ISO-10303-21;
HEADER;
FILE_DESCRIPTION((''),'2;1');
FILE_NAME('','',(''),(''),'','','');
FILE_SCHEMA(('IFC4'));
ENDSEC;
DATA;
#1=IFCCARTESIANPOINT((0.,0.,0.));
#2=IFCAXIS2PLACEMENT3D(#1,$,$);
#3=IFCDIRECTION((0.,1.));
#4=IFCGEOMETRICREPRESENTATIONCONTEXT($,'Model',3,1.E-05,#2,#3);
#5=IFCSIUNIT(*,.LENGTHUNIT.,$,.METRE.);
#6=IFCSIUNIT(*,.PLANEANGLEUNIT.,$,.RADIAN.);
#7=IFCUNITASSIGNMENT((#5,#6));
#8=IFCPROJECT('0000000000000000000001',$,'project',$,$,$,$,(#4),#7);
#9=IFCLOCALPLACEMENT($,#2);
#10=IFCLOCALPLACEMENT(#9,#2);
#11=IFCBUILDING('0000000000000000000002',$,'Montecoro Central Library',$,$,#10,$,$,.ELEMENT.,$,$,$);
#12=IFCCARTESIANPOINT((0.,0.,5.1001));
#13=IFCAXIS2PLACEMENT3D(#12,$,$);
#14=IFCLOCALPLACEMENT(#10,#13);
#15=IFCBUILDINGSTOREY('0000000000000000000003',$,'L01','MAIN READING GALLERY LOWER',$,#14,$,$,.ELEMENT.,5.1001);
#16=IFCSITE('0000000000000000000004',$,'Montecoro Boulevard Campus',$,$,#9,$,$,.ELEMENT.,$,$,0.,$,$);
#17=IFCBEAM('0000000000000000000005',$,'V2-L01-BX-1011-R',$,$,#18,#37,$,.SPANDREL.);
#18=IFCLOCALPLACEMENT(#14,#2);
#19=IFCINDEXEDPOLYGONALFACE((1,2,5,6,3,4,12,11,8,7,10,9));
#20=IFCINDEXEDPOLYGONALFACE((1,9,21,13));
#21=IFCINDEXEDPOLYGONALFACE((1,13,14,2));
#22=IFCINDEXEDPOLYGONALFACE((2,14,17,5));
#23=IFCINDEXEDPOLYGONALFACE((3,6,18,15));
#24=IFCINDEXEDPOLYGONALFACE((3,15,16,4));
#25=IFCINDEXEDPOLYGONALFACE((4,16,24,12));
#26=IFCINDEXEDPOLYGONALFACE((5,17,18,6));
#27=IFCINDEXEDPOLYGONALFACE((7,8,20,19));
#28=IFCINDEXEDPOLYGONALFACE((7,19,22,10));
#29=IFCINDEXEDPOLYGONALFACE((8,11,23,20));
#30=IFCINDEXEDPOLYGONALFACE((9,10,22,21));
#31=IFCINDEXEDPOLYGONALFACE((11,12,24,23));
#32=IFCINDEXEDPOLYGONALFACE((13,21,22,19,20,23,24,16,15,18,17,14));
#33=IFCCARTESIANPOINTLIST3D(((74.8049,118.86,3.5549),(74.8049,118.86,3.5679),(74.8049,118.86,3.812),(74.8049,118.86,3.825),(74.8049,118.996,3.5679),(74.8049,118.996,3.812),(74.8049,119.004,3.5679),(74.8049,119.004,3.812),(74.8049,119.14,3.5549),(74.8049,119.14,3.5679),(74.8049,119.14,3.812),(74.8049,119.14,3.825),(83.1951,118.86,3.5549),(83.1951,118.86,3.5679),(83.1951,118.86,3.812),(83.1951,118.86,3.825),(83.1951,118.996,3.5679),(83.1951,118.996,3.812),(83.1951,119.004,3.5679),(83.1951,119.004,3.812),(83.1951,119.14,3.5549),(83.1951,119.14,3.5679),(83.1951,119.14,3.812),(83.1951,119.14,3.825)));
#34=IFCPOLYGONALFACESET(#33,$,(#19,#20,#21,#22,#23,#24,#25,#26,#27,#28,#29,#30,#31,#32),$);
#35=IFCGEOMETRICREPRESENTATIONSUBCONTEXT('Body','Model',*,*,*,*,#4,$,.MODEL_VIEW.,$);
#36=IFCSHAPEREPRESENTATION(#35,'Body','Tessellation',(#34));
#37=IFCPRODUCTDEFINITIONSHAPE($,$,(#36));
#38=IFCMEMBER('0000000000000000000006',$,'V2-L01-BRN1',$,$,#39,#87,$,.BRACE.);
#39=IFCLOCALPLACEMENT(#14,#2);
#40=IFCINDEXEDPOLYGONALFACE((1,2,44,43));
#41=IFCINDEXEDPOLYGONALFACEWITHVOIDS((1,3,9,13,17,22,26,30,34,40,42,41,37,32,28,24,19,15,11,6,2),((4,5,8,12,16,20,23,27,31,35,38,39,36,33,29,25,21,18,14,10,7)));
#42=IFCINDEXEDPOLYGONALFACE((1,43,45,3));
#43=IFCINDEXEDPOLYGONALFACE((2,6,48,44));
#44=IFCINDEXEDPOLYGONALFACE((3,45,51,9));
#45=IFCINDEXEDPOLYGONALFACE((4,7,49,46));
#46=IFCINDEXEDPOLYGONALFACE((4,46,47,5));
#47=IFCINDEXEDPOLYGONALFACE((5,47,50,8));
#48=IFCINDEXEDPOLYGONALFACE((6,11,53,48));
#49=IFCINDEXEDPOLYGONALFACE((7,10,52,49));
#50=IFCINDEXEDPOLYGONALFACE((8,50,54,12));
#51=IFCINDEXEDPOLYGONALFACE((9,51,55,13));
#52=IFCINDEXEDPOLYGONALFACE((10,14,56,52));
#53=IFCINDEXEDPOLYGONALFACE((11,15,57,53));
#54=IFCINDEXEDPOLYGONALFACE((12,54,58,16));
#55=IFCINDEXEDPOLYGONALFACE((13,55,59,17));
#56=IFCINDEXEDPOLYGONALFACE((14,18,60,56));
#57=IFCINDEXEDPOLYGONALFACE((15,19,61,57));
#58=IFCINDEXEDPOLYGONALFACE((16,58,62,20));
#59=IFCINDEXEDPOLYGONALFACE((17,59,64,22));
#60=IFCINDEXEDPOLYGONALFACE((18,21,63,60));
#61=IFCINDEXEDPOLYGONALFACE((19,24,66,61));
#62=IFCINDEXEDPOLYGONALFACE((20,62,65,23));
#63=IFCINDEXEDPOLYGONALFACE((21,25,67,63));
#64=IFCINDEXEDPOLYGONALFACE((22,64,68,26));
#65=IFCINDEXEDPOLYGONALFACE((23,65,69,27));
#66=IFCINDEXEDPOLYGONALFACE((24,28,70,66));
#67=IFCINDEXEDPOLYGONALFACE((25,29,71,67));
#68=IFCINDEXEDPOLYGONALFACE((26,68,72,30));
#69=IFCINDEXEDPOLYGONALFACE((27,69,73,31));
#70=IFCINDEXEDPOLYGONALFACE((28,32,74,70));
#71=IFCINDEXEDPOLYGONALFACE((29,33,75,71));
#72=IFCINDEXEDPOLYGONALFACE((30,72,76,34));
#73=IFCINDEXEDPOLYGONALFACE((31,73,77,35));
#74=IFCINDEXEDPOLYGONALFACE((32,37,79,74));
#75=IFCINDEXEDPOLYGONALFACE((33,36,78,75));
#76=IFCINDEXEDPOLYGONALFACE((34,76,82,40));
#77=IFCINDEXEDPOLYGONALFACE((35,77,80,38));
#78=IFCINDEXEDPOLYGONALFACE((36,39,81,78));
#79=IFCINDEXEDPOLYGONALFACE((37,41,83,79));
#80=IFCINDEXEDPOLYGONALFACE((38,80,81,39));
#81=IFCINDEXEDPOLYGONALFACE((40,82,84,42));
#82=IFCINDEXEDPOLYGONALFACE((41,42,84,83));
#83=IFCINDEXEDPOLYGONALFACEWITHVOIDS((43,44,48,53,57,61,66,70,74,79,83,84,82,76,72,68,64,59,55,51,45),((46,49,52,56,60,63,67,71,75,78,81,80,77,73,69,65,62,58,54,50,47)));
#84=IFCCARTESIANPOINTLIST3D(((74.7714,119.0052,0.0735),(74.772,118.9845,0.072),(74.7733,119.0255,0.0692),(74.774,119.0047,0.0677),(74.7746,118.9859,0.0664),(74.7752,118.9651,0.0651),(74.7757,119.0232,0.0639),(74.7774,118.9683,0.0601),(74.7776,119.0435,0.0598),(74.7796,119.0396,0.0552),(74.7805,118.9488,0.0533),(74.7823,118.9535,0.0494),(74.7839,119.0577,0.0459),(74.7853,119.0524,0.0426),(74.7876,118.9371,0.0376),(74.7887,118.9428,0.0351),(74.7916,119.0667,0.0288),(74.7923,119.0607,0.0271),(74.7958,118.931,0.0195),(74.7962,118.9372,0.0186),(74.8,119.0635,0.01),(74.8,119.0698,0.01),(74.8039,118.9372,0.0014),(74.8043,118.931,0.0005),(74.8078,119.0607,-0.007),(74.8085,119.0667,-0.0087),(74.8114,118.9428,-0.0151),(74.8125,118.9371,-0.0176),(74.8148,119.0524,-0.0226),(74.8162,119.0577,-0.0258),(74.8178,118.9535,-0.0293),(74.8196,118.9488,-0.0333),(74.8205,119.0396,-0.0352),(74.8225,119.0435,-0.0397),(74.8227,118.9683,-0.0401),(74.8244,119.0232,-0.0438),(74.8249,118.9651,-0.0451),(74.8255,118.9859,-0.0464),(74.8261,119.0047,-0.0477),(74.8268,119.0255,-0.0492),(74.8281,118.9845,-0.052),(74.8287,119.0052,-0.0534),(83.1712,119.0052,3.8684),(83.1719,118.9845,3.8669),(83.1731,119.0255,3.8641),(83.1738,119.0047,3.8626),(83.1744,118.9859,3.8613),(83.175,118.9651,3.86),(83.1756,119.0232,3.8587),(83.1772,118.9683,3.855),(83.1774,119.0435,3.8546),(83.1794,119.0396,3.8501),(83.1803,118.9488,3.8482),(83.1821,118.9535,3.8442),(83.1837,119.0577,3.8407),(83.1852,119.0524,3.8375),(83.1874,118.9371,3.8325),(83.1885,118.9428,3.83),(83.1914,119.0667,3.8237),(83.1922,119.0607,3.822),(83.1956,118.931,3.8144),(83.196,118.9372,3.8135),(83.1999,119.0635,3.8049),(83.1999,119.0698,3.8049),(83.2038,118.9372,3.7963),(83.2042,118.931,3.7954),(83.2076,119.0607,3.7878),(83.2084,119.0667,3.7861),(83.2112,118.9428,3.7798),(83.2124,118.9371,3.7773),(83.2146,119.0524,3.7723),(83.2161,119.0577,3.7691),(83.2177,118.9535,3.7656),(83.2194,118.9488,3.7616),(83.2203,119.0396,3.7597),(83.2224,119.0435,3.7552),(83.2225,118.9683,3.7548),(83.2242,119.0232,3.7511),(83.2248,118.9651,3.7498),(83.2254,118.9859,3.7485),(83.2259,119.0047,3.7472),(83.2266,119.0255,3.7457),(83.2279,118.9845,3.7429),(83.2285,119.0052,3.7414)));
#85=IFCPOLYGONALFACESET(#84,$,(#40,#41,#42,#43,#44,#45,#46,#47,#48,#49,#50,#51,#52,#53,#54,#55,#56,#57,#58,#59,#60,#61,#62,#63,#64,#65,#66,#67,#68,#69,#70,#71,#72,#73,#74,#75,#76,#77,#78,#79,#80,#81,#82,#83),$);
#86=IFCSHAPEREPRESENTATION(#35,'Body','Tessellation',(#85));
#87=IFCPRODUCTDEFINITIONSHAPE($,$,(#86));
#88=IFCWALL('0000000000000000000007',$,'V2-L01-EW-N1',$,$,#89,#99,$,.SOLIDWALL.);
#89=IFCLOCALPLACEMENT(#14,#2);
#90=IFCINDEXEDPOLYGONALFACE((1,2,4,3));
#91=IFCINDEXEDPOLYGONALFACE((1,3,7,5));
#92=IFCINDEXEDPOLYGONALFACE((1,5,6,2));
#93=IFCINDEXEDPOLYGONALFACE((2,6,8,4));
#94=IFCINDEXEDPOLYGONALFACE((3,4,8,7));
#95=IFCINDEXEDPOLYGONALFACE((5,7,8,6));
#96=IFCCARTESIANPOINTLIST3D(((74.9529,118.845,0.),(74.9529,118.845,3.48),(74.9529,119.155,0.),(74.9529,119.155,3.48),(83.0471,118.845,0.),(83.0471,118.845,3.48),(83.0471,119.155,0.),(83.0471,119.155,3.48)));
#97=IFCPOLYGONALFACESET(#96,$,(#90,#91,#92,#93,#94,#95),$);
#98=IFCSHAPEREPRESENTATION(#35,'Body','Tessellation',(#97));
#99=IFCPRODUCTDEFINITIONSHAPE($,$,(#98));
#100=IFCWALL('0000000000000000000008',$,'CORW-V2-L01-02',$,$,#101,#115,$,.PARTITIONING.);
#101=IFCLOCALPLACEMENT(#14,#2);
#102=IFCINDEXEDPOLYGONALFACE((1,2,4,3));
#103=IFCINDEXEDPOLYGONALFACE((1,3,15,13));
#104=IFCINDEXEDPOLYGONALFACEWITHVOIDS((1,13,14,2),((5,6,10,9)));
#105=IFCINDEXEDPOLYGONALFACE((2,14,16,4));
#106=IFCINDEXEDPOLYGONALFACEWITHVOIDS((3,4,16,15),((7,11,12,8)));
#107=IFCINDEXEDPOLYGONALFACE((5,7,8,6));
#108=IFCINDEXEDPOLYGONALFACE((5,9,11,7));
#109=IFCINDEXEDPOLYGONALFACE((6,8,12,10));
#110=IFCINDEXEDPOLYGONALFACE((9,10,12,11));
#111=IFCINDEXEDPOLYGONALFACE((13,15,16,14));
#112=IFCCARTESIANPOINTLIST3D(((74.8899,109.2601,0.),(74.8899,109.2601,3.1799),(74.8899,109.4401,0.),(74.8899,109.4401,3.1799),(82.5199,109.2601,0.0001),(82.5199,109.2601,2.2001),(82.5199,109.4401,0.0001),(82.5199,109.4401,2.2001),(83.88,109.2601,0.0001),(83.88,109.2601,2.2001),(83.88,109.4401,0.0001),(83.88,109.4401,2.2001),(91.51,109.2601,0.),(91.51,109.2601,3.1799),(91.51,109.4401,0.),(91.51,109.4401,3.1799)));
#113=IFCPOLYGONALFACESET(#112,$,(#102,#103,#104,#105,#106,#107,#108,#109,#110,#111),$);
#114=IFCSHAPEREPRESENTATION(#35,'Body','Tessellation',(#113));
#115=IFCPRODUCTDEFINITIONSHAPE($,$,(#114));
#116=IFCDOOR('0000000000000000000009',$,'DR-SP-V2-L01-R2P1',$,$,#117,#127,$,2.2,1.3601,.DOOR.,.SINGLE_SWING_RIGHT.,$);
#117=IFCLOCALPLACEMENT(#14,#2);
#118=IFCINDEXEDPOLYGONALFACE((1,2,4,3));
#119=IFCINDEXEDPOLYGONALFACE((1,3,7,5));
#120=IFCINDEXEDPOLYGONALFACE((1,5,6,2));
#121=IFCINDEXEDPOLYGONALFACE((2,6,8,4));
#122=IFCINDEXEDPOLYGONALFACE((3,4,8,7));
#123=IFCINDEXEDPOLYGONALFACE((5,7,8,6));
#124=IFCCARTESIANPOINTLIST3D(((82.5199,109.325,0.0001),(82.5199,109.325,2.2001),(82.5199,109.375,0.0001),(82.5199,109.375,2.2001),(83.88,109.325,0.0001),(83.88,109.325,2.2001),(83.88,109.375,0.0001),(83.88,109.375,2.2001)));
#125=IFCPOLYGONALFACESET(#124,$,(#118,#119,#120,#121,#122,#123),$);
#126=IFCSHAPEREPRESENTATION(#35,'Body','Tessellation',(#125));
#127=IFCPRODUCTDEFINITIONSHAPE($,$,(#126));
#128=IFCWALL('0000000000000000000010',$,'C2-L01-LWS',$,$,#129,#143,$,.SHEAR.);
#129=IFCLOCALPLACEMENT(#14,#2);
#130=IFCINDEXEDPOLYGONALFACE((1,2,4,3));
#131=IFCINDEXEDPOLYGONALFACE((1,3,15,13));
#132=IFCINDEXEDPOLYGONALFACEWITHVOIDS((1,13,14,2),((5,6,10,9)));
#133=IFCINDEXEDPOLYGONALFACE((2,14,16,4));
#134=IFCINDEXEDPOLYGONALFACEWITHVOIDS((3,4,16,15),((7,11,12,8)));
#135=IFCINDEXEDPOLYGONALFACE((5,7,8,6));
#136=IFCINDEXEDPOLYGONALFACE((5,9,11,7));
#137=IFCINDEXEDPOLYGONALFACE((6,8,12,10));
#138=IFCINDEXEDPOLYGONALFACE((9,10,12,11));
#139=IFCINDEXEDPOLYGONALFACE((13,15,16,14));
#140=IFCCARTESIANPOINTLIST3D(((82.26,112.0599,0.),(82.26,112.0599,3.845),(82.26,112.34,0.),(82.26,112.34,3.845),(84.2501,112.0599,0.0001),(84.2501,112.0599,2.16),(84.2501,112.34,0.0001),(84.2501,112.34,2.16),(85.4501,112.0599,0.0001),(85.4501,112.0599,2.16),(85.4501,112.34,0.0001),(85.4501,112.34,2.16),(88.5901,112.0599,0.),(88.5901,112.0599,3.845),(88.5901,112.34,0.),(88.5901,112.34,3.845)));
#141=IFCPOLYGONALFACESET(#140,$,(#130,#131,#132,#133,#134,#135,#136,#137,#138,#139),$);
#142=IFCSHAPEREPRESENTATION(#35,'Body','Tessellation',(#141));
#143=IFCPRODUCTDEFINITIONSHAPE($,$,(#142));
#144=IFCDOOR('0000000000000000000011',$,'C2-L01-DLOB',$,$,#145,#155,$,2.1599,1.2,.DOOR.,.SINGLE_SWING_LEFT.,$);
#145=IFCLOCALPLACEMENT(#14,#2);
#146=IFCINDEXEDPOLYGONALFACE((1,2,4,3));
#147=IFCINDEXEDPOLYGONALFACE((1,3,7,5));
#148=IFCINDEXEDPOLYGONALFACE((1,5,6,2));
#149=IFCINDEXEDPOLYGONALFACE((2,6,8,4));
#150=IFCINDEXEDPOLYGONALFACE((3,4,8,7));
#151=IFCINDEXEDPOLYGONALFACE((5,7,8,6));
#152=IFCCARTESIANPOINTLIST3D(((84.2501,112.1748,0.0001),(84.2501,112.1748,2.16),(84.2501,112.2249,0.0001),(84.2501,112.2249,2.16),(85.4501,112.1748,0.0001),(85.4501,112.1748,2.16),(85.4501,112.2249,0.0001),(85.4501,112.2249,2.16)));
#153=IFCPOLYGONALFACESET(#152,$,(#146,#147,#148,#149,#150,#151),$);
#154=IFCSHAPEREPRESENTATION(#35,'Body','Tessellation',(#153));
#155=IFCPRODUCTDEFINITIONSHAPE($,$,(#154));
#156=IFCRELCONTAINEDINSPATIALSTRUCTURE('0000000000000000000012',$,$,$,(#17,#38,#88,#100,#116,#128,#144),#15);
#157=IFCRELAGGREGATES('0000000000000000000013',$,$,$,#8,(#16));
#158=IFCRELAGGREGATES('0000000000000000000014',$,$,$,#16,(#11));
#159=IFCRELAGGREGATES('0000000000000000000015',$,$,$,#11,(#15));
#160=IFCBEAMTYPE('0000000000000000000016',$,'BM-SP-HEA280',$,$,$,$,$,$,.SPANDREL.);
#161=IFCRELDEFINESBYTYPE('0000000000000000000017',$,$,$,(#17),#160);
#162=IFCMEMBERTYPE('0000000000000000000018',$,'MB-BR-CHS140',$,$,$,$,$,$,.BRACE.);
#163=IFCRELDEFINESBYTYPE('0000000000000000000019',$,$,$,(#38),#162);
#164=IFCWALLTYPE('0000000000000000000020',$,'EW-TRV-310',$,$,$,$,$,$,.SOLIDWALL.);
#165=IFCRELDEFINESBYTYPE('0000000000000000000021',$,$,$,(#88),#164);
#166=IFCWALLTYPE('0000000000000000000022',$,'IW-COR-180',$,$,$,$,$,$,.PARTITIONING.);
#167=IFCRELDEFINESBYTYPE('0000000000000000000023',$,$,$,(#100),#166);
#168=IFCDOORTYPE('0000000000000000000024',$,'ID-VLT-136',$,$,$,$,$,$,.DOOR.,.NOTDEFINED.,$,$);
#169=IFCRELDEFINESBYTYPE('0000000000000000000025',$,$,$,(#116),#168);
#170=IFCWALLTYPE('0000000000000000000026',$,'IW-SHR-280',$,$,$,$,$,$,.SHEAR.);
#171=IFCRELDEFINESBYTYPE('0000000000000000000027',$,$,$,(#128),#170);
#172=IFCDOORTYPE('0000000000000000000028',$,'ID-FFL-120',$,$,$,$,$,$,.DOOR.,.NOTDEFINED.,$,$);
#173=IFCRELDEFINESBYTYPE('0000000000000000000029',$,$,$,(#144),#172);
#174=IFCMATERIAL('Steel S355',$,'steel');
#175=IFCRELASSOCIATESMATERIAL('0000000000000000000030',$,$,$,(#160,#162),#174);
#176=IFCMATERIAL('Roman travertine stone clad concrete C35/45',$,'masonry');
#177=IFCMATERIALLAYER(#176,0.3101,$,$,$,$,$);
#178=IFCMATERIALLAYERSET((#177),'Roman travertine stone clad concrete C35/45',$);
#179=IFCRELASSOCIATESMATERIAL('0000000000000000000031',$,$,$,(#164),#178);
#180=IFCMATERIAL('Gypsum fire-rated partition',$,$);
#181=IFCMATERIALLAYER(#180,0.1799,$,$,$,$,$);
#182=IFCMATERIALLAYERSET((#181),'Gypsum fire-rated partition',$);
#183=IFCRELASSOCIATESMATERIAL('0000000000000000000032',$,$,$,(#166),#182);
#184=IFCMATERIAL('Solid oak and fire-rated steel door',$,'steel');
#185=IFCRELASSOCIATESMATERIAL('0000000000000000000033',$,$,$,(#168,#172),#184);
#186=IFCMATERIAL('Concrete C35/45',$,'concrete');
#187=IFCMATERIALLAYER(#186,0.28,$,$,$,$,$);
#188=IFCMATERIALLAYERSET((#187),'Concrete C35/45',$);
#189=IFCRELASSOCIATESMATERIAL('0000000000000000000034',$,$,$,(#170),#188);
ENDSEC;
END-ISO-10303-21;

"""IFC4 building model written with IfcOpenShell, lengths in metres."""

from ifc_helpers import new_model, si_unit, direction, frame, frame_2d, origin, origin_2d, place, context, subcontext, project, spatial, rectangle, hollow_circle, i_section, extrude, material, layer, layer_set, material_profile, profile_set, type_object, element, fill, save


model = new_model("IFC4")

# Units and contexts
model_context = context("Model", 3, precision=1e-05, world=origin(), true_north=direction((0.0, 1.0)))
body_context = subcontext(model_context, "Body", "Model", "MODEL_VIEW")
ifc_project = project(units=[si_unit("LENGTHUNIT", "METRE"), si_unit("PLANEANGLEUNIT", "RADIAN")], contexts=[model_context])

# Site, building, storey
site_placement = place(None, origin())
site = spatial("IfcSite", under=ifc_project, at=site_placement, Name="Montecoro Boulevard Campus", CompositionType="ELEMENT", RefElevation=0.0)
building_placement = place(site_placement, origin())
building = spatial("IfcBuilding", under=site, at=building_placement, Name="Montecoro Central Library", CompositionType="ELEMENT")
storey_placement = place(building_placement, frame((0.0, 0.0, 5.1001)))
storey = spatial("IfcBuildingStorey", under=building, at=storey_placement, Name="L01", Description="MAIN READING GALLERY LOWER", CompositionType="ELEMENT", Elevation=5.1001)

# Shared definitions
ifc_material_1 = material(Name="Steel S355", Category="steel")

# Beam
ifc_material_2 = material(Name="Concrete C35/45", Category="concrete")
ifc_material_profile_1 = material_profile(ifc_material_1, i_section(OverallWidth=0.28, OverallDepth=0.27, WebThickness=0.0081, FlangeThickness=0.0129, at=origin_2d()), Name="HEA 280")
ifc_profile_set_1 = profile_set([ifc_material_profile_1], Name="Steel S355")
beam_type_1 = type_object("IfcBeamType", Name="BM-SP-HEA280", PredefinedType="SPANDREL", material=ifc_profile_set_1)
beam_1_placement = place(storey_placement, frame((74.8049, 119.0, 3.6899), z_axis=(1.0, 0.0, 0.0), x_axis=(0.0, 1.0, 0.0)))
element("IfcBeam", 1, at=beam_1_placement, inside=storey, type_object=beam_type_1, Name="V2-L01-BX-1011-R", PredefinedType="SPANDREL", context=body_context, shape_type="SweptSolid", body=[
    extrude(i_section(OverallWidth=0.28, OverallDepth=0.27, WebThickness=0.0081, FlangeThickness=0.0129, at=origin_2d()), origin(), (0.0, 0.0, 1.0), 8.3901),
])

# Member
ifc_material_profile_2 = material_profile(ifc_material_1, hollow_circle(Radius=0.0698, WallThickness=0.0063, at=origin_2d()), Name="CHS 139.7x6.3")
ifc_profile_set_2 = profile_set([ifc_material_profile_2], Name="Steel S355")
member_type = type_object("IfcMemberType", Name="MB-BR-CHS140", PredefinedType="BRACE", material=ifc_profile_set_2)
member_placement = place(storey_placement, frame((74.8, 119.0, 0.01), z_axis=(0.911313, 0.0, 0.411714), x_axis=(0.0, 1.0, 0.0)))
element("IfcMember", 2, at=member_placement, inside=storey, type_object=member_type, Name="V2-L01-BRN1", PredefinedType="BRACE", context=body_context, shape_type="SweptSolid", body=[
    extrude(hollow_circle(Radius=0.0698, WallThickness=0.0063, at=origin_2d()), origin(), (0.0, 0.0, 1.0), 9.2173),
])

# Wall
ifc_material_3 = material(Name="Roman travertine stone clad concrete C35/45", Category="masonry")
ifc_layer_1 = layer(ifc_material_3, 0.3101)
ifc_layer_set_1 = layer_set([ifc_layer_1], Name="Roman travertine stone clad concrete C35/45")
wall_type_1 = type_object("IfcWallType", Name="EW-TRV-310", PredefinedType="SOLIDWALL", material=ifc_layer_set_1)
wall_1_placement = place(storey_placement, frame((83.0471, 119.0, 0.0), z_axis=(0.0, 0.0, 1.0), x_axis=(-1.0, 0.0, 0.0)))
element("IfcWall", 3, at=wall_1_placement, inside=storey, type_object=wall_type_1, Name="V2-L01-EW-N1", PredefinedType="SOLIDWALL", context=body_context, shape_type="SweptSolid", body=[
    extrude(rectangle(XDim=8.0942, YDim=0.3101, at=frame_2d((4.0471, 0.0))), origin(), (0.0, 0.0, 1.0), 3.48),
])

# Walls, openings, doors
ifc_material_4 = material(Name="Gypsum fire-rated partition")
ifc_layer_2 = layer(ifc_material_4, 0.1799)
ifc_layer_set_2 = layer_set([ifc_layer_2], Name="Gypsum fire-rated partition")
wall_type_2 = type_object("IfcWallType", Name="IW-COR-180", PredefinedType="PARTITIONING", material=ifc_layer_set_2)
wall_2_placement = place(storey_placement, frame((74.8899, 109.3501, 0.0), z_axis=(0.0, 0.0, 1.0), x_axis=(1.0, 0.0, 0.0)))
wall_2 = element("IfcWall", 4, at=wall_2_placement, inside=storey, type_object=wall_type_2, Name="CORW-V2-L01-02", PredefinedType="PARTITIONING", context=body_context, shape_type="SweptSolid", body=[
    extrude(rectangle(XDim=16.6201, YDim=0.1799, at=frame_2d((8.3101, 0.0))), origin(), (0.0, 0.0, 1.0), 3.1799),
])
opening_1_placement = place(wall_2_placement, frame((7.6299, 0.0, 0.0)))
opening_1 = element("IfcOpeningElement", 5, at=opening_1_placement, cuts=wall_2, PredefinedType="OPENING", context=body_context, shape_type="SweptSolid", body=[
    extrude(rectangle(XDim=1.3601, YDim=2.2, at=frame_2d((0.6802, 1.1001))), frame((0.0, 0.0999, 0.0), z_axis=(0.0, -1.0, 0.0), x_axis=(1.0, 0.0, 0.0)), (0.0, 0.0, 1.0), 0.2),
])
ifc_material_5 = material(Name="Solid oak and fire-rated steel door", Category="steel")
door_type_1 = type_object("IfcDoorType", Name="ID-VLT-136", OperationType="NOTDEFINED", PredefinedType="DOOR", material=ifc_material_5)
door_1_placement = place(opening_1_placement, origin())
door_1 = element("IfcDoor", 6, at=door_1_placement, inside=storey, type_object=door_type_1, Name="DR-SP-V2-L01-R2P1", OperationType="SINGLE_SWING_RIGHT", OverallHeight=2.2, OverallWidth=1.3601, PredefinedType="DOOR", context=body_context, shape_type="SweptSolid", body=[
    extrude(rectangle(XDim=1.3601, YDim=2.2, at=frame_2d((0.6802, 1.1001))), frame((0.0, 0.0249, 0.0), z_axis=(0.0, -1.0, 0.0), x_axis=(1.0, 0.0, 0.0)), (0.0, 0.0, 1.0), 0.05),
])
fill(opening_1, door_1)
ifc_layer_3 = layer(ifc_material_2, 0.28)
ifc_layer_set_3 = layer_set([ifc_layer_3], Name="Concrete C35/45")
wall_type_3 = type_object("IfcWallType", Name="IW-SHR-280", PredefinedType="SHEAR", material=ifc_layer_set_3)
wall_3_placement = place(storey_placement, frame((82.26, 112.2, 0.0), z_axis=(0.0, 0.0, 1.0), x_axis=(1.0, 0.0, 0.0)))
wall_3 = element("IfcWall", 7, at=wall_3_placement, inside=storey, type_object=wall_type_3, Name="C2-L01-LWS", PredefinedType="SHEAR", context=body_context, shape_type="SweptSolid", body=[
    extrude(rectangle(XDim=6.3301, YDim=0.28, at=frame_2d((3.165, 0.0))), origin(), (0.0, 0.0, 1.0), 3.845),
])
opening_2_placement = place(wall_3_placement, frame((1.99, 0.0, 0.0)))
opening_2 = element("IfcOpeningElement", 8, at=opening_2_placement, cuts=wall_3, PredefinedType="OPENING", context=body_context, shape_type="SweptSolid", body=[
    extrude(rectangle(XDim=1.2, YDim=2.1599, at=frame_2d((0.6001, 1.0801))), frame((0.0, 0.1499, 0.0), z_axis=(0.0, -1.0, 0.0), x_axis=(1.0, 0.0, 0.0)), (0.0, 0.0, 1.0), 0.3),
])
door_type_2 = type_object("IfcDoorType", Name="ID-FFL-120", OperationType="NOTDEFINED", PredefinedType="DOOR", material=ifc_material_5)
door_2_placement = place(opening_2_placement, origin())
door_2 = element("IfcDoor", 9, at=door_2_placement, inside=storey, type_object=door_type_2, Name="C2-L01-DLOB", OperationType="SINGLE_SWING_LEFT", OverallHeight=2.1599, OverallWidth=1.2, PredefinedType="DOOR", context=body_context, shape_type="SweptSolid", body=[
    extrude(rectangle(XDim=1.2, YDim=2.1599, at=frame_2d((0.6001, 1.0801))), frame((0.0, 0.0249, 0.0), z_axis=(0.0, -1.0, 0.0), x_axis=(1.0, 0.0, 0.0)), (0.0, 0.0, 1.0), 0.05),
])
fill(opening_2, door_2)

save(model, "model.ifc")
